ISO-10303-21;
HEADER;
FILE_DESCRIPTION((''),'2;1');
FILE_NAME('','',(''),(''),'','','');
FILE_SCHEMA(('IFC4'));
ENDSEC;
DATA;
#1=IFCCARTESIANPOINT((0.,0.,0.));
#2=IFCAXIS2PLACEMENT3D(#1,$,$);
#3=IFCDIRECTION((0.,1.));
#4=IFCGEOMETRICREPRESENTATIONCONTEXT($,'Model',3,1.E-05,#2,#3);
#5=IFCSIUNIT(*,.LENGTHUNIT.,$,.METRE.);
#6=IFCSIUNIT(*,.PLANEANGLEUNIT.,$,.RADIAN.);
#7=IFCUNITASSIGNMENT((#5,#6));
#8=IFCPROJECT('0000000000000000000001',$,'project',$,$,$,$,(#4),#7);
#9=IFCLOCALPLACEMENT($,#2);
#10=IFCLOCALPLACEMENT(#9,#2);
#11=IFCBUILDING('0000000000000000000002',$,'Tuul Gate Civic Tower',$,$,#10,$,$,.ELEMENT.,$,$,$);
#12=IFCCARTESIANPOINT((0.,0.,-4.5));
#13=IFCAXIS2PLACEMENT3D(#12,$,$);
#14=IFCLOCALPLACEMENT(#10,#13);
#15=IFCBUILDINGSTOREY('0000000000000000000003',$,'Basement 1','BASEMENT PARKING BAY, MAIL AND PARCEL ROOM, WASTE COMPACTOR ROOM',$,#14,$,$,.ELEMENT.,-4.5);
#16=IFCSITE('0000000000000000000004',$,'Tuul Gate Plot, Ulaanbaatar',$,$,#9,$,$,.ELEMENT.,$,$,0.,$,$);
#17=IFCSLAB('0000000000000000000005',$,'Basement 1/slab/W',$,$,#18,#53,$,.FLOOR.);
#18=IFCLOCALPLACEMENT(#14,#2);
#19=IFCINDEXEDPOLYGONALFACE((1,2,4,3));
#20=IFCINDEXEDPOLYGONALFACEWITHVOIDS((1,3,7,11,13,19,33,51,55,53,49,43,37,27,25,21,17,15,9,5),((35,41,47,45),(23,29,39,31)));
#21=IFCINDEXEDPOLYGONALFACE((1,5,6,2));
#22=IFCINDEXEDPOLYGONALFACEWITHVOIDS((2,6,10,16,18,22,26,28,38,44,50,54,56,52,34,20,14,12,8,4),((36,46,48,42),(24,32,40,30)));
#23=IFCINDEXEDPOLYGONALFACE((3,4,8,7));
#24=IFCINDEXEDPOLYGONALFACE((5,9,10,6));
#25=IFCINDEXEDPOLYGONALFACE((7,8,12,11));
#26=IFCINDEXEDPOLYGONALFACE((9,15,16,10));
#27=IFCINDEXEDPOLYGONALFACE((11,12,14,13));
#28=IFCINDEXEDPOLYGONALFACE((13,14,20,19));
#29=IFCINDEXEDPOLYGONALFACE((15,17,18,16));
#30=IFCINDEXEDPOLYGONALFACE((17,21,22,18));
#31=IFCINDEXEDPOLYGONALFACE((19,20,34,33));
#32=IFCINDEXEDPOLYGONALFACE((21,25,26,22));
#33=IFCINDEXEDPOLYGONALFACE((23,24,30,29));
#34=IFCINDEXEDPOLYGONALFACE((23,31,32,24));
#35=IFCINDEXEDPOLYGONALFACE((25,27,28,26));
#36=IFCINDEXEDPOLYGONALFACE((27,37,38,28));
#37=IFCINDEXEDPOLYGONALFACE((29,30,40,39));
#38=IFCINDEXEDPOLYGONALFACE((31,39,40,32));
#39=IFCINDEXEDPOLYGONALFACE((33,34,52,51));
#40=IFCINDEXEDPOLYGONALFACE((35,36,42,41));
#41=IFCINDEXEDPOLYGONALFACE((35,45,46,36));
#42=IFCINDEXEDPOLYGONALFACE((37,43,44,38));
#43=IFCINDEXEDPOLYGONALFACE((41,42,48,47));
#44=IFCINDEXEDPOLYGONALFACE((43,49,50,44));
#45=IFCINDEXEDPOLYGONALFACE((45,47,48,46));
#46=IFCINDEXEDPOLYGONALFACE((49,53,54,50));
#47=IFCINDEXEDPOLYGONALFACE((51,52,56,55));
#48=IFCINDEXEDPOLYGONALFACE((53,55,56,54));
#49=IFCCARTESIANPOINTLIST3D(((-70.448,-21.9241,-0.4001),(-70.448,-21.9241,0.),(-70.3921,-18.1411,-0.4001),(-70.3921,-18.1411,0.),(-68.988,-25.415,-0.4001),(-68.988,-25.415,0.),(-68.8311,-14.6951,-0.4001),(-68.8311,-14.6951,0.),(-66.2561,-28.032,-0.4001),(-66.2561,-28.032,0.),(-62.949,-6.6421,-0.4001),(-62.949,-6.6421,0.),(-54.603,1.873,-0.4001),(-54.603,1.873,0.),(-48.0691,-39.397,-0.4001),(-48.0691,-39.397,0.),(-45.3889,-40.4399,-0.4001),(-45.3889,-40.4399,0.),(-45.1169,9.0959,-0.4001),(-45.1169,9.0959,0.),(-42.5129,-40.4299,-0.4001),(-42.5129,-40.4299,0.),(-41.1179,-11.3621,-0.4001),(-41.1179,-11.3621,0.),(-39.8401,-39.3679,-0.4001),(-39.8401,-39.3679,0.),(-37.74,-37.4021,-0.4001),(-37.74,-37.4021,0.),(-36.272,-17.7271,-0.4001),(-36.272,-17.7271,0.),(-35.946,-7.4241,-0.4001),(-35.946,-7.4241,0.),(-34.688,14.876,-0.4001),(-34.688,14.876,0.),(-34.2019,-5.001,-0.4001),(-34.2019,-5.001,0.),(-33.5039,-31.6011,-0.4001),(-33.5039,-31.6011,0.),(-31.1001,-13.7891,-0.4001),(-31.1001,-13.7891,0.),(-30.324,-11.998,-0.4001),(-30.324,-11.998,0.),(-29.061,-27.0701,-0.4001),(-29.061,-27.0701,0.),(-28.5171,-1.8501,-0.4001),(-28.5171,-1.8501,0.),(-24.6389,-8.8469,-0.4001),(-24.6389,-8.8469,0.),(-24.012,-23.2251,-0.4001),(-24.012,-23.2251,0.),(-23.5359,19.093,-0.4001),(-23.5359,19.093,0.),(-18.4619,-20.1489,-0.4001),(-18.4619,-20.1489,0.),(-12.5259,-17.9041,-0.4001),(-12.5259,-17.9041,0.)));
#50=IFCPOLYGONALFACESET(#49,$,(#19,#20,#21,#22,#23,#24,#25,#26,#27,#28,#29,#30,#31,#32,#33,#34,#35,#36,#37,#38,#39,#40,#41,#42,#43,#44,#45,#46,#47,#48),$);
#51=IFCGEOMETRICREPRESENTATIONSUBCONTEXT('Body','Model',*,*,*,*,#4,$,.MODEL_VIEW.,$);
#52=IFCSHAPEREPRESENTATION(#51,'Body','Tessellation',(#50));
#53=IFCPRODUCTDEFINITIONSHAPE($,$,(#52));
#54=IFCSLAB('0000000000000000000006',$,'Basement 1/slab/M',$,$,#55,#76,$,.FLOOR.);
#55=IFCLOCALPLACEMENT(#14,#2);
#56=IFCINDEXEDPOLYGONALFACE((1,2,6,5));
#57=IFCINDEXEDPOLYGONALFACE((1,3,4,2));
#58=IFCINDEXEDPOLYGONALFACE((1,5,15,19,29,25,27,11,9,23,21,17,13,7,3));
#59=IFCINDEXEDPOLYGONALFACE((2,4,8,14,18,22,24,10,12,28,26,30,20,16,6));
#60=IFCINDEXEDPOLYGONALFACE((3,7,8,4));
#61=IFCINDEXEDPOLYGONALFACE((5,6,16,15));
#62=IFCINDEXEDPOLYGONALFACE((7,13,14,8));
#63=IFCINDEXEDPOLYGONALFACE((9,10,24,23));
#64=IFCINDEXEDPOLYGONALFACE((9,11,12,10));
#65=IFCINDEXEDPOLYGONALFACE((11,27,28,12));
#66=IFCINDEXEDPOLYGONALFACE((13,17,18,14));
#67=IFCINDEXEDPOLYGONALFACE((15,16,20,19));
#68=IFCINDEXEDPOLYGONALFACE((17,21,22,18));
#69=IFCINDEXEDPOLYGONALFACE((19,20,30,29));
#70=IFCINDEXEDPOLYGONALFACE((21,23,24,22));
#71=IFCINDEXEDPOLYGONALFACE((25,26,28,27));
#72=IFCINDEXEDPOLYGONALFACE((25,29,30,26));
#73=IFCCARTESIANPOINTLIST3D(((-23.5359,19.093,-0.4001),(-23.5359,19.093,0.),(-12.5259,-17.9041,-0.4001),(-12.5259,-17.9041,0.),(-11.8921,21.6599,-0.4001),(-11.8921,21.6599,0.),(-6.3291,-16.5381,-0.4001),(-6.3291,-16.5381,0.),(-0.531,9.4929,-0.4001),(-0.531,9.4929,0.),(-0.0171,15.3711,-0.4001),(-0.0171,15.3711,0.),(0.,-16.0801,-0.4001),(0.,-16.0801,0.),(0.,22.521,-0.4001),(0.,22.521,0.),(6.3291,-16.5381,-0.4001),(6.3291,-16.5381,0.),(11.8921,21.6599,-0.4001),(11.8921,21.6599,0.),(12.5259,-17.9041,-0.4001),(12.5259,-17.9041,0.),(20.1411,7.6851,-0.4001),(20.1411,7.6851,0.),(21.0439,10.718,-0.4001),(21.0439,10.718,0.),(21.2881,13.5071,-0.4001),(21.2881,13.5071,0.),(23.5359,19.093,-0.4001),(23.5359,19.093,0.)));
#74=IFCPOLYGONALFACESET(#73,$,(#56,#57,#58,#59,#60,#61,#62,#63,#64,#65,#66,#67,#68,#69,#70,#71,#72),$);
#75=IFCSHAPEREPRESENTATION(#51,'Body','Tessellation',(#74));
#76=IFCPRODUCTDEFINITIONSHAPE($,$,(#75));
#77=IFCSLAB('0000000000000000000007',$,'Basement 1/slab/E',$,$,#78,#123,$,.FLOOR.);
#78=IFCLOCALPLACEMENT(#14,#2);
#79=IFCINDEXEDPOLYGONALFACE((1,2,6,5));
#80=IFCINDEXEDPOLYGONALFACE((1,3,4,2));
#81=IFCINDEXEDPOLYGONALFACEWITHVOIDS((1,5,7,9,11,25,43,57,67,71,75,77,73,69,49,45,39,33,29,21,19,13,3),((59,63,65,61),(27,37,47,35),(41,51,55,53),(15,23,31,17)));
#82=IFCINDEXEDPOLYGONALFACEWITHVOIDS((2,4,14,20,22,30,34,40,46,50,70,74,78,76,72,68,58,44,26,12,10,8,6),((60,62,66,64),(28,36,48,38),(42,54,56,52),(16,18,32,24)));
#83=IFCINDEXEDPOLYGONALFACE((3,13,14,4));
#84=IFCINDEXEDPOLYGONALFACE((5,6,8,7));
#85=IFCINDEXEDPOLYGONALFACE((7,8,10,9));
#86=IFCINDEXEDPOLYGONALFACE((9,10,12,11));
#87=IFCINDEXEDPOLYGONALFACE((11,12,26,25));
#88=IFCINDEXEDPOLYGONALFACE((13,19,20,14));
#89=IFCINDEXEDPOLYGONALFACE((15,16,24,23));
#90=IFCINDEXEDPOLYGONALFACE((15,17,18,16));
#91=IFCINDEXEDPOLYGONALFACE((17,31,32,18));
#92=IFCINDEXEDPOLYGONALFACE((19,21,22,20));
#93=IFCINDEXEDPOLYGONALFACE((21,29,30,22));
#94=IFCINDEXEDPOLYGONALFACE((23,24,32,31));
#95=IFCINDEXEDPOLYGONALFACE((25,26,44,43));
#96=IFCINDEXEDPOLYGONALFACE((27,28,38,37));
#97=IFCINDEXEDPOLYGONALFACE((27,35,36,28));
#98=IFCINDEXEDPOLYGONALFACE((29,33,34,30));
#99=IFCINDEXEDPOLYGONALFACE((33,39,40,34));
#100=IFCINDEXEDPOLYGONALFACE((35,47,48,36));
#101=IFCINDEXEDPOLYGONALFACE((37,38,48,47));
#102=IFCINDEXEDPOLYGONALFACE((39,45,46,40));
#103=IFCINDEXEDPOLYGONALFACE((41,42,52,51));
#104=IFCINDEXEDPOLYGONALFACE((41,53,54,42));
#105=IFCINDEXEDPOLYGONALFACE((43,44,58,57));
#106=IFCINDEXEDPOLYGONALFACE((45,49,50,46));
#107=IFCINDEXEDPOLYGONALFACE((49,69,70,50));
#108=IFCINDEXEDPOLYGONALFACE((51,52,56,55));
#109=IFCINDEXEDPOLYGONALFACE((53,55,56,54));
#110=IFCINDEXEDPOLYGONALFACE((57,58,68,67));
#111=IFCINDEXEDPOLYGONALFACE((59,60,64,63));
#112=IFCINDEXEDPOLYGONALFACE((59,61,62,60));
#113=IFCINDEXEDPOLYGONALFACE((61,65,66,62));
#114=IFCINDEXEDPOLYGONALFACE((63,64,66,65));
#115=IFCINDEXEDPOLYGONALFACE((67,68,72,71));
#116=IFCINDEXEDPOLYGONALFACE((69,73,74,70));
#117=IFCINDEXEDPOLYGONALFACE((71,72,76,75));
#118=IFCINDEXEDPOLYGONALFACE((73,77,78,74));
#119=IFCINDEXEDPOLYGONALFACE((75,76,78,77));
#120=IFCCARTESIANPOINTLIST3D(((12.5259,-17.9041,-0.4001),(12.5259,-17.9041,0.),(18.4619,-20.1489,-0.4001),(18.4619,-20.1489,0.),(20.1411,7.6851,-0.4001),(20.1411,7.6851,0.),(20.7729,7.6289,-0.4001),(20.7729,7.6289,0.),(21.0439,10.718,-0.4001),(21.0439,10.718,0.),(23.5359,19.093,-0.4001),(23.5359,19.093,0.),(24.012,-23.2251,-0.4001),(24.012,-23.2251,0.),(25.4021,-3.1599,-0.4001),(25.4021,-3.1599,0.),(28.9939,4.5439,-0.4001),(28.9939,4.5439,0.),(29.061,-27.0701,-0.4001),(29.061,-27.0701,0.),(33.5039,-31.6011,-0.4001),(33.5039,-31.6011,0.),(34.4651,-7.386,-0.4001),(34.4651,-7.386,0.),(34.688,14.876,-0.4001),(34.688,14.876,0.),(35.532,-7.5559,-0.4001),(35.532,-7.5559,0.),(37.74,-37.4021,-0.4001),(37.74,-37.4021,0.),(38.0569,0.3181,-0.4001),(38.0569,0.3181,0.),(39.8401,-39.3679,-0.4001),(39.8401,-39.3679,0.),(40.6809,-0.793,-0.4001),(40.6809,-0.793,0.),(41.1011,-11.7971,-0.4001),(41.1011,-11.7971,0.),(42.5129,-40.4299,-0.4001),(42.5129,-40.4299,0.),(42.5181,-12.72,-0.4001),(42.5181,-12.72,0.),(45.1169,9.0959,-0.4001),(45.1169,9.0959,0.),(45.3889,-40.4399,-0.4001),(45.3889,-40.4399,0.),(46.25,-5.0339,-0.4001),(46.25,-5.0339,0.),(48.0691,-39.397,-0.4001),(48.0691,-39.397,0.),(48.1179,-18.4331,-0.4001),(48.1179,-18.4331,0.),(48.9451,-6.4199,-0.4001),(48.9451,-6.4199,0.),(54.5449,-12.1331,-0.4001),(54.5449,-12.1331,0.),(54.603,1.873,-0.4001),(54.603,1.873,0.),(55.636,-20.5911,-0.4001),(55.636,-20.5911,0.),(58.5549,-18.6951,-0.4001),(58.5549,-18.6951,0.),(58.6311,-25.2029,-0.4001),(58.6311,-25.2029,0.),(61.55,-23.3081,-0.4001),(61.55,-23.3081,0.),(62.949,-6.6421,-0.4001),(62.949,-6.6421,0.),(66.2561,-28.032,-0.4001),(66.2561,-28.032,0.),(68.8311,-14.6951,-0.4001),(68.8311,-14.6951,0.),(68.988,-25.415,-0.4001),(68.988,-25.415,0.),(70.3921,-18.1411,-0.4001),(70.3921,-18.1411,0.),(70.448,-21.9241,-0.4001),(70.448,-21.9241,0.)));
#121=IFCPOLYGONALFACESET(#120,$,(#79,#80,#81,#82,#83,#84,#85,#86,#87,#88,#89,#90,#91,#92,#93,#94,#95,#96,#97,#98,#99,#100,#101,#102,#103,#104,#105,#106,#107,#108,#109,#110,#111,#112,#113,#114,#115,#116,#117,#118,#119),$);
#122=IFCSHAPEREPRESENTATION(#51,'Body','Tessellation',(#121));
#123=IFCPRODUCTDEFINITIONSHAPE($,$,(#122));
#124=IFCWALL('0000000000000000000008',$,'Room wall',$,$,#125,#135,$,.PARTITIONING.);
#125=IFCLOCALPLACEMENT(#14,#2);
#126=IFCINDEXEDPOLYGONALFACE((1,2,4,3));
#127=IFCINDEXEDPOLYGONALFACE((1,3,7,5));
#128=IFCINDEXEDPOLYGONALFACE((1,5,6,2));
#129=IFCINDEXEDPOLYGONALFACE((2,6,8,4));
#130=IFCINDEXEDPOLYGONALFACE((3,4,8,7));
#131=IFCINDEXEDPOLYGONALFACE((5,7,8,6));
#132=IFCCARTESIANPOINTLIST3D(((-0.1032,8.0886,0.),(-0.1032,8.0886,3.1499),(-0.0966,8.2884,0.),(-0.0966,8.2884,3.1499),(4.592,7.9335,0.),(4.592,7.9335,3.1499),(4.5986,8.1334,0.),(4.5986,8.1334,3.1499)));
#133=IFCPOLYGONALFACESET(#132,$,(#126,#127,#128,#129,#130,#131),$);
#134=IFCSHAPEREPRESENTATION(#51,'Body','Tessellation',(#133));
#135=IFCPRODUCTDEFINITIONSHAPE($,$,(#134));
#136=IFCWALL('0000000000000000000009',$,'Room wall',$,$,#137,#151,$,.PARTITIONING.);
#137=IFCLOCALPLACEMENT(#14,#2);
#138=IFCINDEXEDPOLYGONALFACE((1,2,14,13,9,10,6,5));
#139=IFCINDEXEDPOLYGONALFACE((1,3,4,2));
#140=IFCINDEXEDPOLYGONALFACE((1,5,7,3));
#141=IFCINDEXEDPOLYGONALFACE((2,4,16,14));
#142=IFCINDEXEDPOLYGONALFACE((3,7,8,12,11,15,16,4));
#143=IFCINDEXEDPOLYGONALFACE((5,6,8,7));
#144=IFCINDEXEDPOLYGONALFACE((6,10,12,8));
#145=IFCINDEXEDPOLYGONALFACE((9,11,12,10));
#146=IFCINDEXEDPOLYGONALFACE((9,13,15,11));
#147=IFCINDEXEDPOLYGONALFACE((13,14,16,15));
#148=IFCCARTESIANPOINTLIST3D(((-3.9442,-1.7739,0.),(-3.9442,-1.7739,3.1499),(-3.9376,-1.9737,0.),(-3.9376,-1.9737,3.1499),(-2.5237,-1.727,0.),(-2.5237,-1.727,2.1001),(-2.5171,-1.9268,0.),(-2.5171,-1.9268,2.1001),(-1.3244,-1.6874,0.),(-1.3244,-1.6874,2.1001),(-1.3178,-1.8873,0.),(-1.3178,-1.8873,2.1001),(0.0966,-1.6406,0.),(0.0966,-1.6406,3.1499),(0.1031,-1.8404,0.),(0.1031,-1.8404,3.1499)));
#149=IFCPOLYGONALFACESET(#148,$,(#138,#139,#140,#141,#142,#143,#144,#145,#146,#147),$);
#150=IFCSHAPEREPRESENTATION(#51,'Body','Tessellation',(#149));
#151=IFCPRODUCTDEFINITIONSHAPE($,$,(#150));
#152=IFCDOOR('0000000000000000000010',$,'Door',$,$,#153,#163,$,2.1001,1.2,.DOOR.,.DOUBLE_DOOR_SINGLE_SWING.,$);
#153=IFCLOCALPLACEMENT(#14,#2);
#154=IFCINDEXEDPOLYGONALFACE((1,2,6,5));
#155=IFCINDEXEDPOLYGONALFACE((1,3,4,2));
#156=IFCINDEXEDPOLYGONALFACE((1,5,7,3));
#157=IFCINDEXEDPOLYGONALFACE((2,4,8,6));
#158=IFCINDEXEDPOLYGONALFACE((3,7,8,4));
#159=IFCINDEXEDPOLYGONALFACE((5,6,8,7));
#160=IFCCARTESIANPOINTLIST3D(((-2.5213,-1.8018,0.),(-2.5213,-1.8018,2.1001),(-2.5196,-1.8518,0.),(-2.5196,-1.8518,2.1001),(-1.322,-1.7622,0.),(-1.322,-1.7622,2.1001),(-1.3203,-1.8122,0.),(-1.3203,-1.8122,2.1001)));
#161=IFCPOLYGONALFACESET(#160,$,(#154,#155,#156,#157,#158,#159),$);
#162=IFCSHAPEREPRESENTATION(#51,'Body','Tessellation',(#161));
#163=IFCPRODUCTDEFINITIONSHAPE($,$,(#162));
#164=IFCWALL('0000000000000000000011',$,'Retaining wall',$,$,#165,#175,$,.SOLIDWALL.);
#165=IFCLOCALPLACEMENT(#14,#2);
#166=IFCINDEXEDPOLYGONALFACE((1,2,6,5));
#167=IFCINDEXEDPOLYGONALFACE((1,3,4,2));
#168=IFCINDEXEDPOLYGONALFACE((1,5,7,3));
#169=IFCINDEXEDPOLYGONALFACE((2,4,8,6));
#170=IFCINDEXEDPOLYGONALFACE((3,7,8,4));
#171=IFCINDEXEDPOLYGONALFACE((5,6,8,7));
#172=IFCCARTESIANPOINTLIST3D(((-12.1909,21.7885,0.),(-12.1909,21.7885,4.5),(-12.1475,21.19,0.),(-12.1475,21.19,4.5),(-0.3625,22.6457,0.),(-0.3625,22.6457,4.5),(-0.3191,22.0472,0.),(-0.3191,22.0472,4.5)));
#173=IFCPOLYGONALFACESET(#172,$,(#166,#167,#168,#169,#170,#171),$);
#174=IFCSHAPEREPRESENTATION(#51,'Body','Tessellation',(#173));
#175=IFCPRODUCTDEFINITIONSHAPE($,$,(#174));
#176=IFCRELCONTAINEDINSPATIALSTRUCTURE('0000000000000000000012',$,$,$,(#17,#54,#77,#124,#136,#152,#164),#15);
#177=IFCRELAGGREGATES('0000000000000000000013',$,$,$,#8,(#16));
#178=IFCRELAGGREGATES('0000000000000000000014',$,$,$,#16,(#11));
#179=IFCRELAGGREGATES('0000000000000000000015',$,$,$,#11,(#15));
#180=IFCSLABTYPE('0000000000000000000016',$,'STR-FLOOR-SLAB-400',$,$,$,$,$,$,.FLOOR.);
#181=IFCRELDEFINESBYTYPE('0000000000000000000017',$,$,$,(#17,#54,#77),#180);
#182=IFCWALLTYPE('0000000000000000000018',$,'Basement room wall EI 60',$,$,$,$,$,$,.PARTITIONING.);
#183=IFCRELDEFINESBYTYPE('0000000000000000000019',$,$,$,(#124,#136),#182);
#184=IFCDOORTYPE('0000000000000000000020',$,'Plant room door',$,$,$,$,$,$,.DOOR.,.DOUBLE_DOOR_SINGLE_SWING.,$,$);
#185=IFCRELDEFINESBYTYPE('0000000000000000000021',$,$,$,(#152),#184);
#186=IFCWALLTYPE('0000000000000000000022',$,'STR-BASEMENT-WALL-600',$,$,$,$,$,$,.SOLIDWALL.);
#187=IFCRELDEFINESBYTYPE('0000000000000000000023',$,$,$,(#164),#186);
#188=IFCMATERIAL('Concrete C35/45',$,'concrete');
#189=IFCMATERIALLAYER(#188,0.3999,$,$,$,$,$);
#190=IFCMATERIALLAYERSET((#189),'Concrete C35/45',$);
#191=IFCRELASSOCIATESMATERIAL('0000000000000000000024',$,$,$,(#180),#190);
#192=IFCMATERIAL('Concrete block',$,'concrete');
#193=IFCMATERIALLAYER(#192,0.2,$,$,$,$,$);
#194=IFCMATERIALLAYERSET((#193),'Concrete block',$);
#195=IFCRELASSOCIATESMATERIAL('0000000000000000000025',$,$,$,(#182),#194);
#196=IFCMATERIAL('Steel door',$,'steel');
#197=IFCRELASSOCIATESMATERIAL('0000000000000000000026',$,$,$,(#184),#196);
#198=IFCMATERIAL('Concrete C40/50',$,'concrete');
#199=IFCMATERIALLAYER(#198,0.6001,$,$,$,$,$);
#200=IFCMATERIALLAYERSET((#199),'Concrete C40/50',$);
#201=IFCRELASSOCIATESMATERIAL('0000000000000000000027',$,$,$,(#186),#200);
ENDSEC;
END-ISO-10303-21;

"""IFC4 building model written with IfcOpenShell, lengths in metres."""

from ifc_helpers import new_model, si_unit, direction, frame, frame_2d, origin, place, context, subcontext, project, spatial, polyline, rectangle, outline, extrude, material, layer, layer_set, type_object, element, fill, save


model = new_model("IFC4")

# Units and contexts
model_context = context("Model", 3, precision=1e-05, world=origin(), true_north=direction((0.0, 1.0)))
body_context = subcontext(model_context, "Body", "Model", "MODEL_VIEW")
ifc_project = project(units=[si_unit("LENGTHUNIT", "METRE"), si_unit("PLANEANGLEUNIT", "RADIAN")], contexts=[model_context])

# Site, building, storey
site_placement = place(None, origin())
site = spatial("IfcSite", under=ifc_project, at=site_placement, Name="Tuul Gate Plot, Ulaanbaatar", CompositionType="ELEMENT", RefElevation=0.0)
building_placement = place(site_placement, origin())
building = spatial("IfcBuilding", under=site, at=building_placement, Name="Tuul Gate Civic Tower", CompositionType="ELEMENT")
storey_placement = place(building_placement, frame((0.0, 0.0, -4.5)))
storey = spatial("IfcBuildingStorey", under=building, at=storey_placement, Name="Basement 1", Description="BASEMENT PARKING BAY, MAIL AND PARCEL ROOM, WASTE COMPACTOR ROOM", CompositionType="ELEMENT", Elevation=-4.5)

# Slabs
ifc_material_1 = material(Name="Concrete C35/45", Category="concrete")
ifc_layer_1 = layer(ifc_material_1, 0.3999)
ifc_layer_set_1 = layer_set([ifc_layer_1], Name="Concrete C35/45")
slab_type_1 = type_object("IfcSlabType", Name="STR-FLOOR-SLAB-400", PredefinedType="FLOOR", material=ifc_layer_set_1)
slab_1_placement = place(storey_placement, frame((0.0, 0.0, -0.4001)))
element("IfcSlab", 1, at=slab_1_placement, inside=storey, type_object=slab_type_1, Name="Basement 1/slab/W", PredefinedType="FLOOR", context=body_context, shape_type="SweptSolid", body=[
    extrude(outline(polyline([(-18.4619, -20.1489), (-12.5259, -17.9041), (-23.5359, 19.093), (-34.688, 14.876), (-45.1169, 9.0959), (-54.603, 1.873), (-62.949, -6.6421), (-68.8311, -14.6951), (-70.3921, -18.1411), (-70.448, -21.9241), (-68.988, -25.415), (-66.2561, -28.032), (-48.0691, -39.397), (-45.3889, -40.4399), (-42.5129, -40.4299), (-39.8401, -39.3679), (-37.74, -37.4021), (-33.5039, -31.6011), (-29.061, -27.0701), (-24.012, -23.2251), (-18.4619, -20.1489)]), holes=[polyline([(-36.272, -17.7271), (-41.1179, -11.3621), (-35.946, -7.4241), (-31.1001, -13.7891), (-36.272, -17.7271)]), polyline([(-30.324, -11.998), (-34.2019, -5.001), (-28.5171, -1.8501), (-24.6389, -8.8469), (-30.324, -11.998)])]), origin(), (0.0, 0.0, 1.0), 0.4001),
])
slab_2_placement = place(storey_placement, frame((0.0, 0.0, -0.4001)))
element("IfcSlab", 2, at=slab_2_placement, inside=storey, type_object=slab_type_1, Name="Basement 1/slab/M", PredefinedType="FLOOR", context=body_context, shape_type="SweptSolid", body=[
    extrude(outline(polyline([(12.5259, -17.9041), (20.1411, 7.6851), (-0.531, 9.4929), (-0.0171, 15.3711), (21.2881, 13.5071), (21.0439, 10.718), (23.5359, 19.093), (11.8921, 21.6599), (0.0, 22.521), (-11.8921, 21.6599), (-23.5359, 19.093), (-12.5259, -17.9041), (-6.3291, -16.5381), (0.0, -16.0801), (6.3291, -16.5381), (12.5259, -17.9041)])), origin(), (0.0, 0.0, 1.0), 0.4001),
])
slab_3_placement = place(storey_placement, frame((0.0, 0.0, -0.4001)))
element("IfcSlab", 3, at=slab_3_placement, inside=storey, type_object=slab_type_1, Name="Basement 1/slab/E", PredefinedType="FLOOR", context=body_context, shape_type="SweptSolid", body=[
    extrude(outline(polyline([(45.3889, -40.4399), (48.0691, -39.397), (66.2561, -28.032), (68.988, -25.415), (70.448, -21.9241), (70.3921, -18.1411), (68.8311, -14.6951), (62.949, -6.6421), (54.603, 1.873), (45.1169, 9.0959), (34.688, 14.876), (23.5359, 19.093), (21.0439, 10.718), (20.7729, 7.6289), (20.1411, 7.6851), (12.5259, -17.9041), (18.4619, -20.1489), (24.012, -23.2251), (29.061, -27.0701), (33.5039, -31.6011), (37.74, -37.4021), (39.8401, -39.3679), (42.5129, -40.4299), (45.3889, -40.4399)]), holes=[polyline([(58.6311, -25.2029), (55.636, -20.5911), (58.5549, -18.6951), (61.55, -23.3081), (58.6311, -25.2029)]), polyline([(42.5181, -12.72), (48.9451, -6.4199), (54.5449, -12.1331), (48.1179, -18.4331), (42.5181, -12.72)]), polyline([(35.532, -7.5559), (40.6809, -0.793), (46.25, -5.0339), (41.1011, -11.7971), (35.532, -7.5559)]), polyline([(25.4021, -3.1599), (28.9939, 4.5439), (38.0569, 0.3181), (34.4651, -7.386), (25.4021, -3.1599)])]), origin(), (0.0, 0.0, 1.0), 0.4001),
])

# Wall
ifc_material_2 = material(Name="Concrete block", Category="concrete")
ifc_layer_2 = layer(ifc_material_2, 0.2)
ifc_layer_set_2 = layer_set([ifc_layer_2], Name="Concrete block")
wall_type_1 = type_object("IfcWallType", Name="Basement room wall EI 60", PredefinedType="PARTITIONING", material=ifc_layer_set_2)
wall_1_placement = place(storey_placement, frame((-0.0999, 8.1885, 0.0), z_axis=(0.0, 0.0, 1.0), x_axis=(0.999455, -0.033, 0.0)))
element("IfcWall", 4, at=wall_1_placement, inside=storey, type_object=wall_type_1, Name="Room wall", PredefinedType="PARTITIONING", context=body_context, shape_type="SweptSolid", body=[
    extrude(rectangle(XDim=4.6978, YDim=0.2, at=frame_2d((2.3489, 0.0))), origin(), (0.0, 0.0, 1.0), 3.1499),
])

# Wall, opening, door
wall_2_placement = place(storey_placement, frame((0.0999, -1.7405, 0.0), z_axis=(0.0, 0.0, 1.0), x_axis=(-0.999456, -0.032971, 0.0)))
wall_2 = element("IfcWall", 5, at=wall_2_placement, inside=storey, type_object=wall_type_1, Name="Room wall", PredefinedType="PARTITIONING", context=body_context, shape_type="SweptSolid", body=[
    extrude(rectangle(XDim=4.043, YDim=0.2, at=frame_2d((2.0215, 0.0))), origin(), (0.0, 0.0, 1.0), 3.1499),
])
opening_placement = place(wall_2_placement, frame((1.4216, 0.0, 0.0)))
opening = element("IfcOpeningElement", 6, at=opening_placement, cuts=wall_2, PredefinedType="OPENING", context=body_context, shape_type="SweptSolid", body=[
    extrude(rectangle(XDim=1.2, YDim=2.1001, at=frame_2d((0.6001, 1.05))), frame((0.0, 0.1099, 0.0), z_axis=(0.0, -1.0, 0.0), x_axis=(1.0, 0.0, 0.0)), (0.0, 0.0, 1.0), 0.22),
])
ifc_material_3 = material(Name="Steel door", Category="steel")
door_type = type_object("IfcDoorType", Name="Plant room door", OperationType="DOUBLE_DOOR_SINGLE_SWING", PredefinedType="DOOR", material=ifc_material_3)
door_placement = place(opening_placement, origin())
door = element("IfcDoor", 7, at=door_placement, inside=storey, type_object=door_type, Name="Door", OperationType="DOUBLE_DOOR_SINGLE_SWING", OverallHeight=2.1001, OverallWidth=1.2, PredefinedType="DOOR", context=body_context, shape_type="SweptSolid", body=[
    extrude(rectangle(XDim=1.2, YDim=2.1001, at=frame_2d((0.6001, 1.05))), frame((0.0, 0.0249, 0.0), z_axis=(0.0, -1.0, 0.0), x_axis=(1.0, 0.0, 0.0)), (0.0, 0.0, 1.0), 0.05),
])
fill(opening, door)

# Wall
ifc_material_4 = material(Name="Concrete C40/50", Category="concrete")
ifc_layer_3 = layer(ifc_material_4, 0.6001)
ifc_layer_set_3 = layer_set([ifc_layer_3], Name="Concrete C40/50")
wall_type_2 = type_object("IfcWallType", Name="STR-BASEMENT-WALL-600", PredefinedType="SOLIDWALL", material=ifc_layer_set_3)
wall_3_placement = place(storey_placement, frame((-0.3408, 22.3464, 0.0), z_axis=(0.0, 0.0, 1.0), x_axis=(-0.997384, -0.072278, 0.0)))
element("IfcWall", 8, at=wall_3_placement, inside=storey, type_object=wall_type_2, Name="Retaining wall", PredefinedType="SOLIDWALL", context=body_context, shape_type="SweptSolid", body=[
    extrude(rectangle(XDim=11.8594, YDim=0.6001, at=frame_2d((5.9297, 0.0))), origin(), (0.0, 0.0, 1.0), 4.5),
])

save(model, "model.ifc")
